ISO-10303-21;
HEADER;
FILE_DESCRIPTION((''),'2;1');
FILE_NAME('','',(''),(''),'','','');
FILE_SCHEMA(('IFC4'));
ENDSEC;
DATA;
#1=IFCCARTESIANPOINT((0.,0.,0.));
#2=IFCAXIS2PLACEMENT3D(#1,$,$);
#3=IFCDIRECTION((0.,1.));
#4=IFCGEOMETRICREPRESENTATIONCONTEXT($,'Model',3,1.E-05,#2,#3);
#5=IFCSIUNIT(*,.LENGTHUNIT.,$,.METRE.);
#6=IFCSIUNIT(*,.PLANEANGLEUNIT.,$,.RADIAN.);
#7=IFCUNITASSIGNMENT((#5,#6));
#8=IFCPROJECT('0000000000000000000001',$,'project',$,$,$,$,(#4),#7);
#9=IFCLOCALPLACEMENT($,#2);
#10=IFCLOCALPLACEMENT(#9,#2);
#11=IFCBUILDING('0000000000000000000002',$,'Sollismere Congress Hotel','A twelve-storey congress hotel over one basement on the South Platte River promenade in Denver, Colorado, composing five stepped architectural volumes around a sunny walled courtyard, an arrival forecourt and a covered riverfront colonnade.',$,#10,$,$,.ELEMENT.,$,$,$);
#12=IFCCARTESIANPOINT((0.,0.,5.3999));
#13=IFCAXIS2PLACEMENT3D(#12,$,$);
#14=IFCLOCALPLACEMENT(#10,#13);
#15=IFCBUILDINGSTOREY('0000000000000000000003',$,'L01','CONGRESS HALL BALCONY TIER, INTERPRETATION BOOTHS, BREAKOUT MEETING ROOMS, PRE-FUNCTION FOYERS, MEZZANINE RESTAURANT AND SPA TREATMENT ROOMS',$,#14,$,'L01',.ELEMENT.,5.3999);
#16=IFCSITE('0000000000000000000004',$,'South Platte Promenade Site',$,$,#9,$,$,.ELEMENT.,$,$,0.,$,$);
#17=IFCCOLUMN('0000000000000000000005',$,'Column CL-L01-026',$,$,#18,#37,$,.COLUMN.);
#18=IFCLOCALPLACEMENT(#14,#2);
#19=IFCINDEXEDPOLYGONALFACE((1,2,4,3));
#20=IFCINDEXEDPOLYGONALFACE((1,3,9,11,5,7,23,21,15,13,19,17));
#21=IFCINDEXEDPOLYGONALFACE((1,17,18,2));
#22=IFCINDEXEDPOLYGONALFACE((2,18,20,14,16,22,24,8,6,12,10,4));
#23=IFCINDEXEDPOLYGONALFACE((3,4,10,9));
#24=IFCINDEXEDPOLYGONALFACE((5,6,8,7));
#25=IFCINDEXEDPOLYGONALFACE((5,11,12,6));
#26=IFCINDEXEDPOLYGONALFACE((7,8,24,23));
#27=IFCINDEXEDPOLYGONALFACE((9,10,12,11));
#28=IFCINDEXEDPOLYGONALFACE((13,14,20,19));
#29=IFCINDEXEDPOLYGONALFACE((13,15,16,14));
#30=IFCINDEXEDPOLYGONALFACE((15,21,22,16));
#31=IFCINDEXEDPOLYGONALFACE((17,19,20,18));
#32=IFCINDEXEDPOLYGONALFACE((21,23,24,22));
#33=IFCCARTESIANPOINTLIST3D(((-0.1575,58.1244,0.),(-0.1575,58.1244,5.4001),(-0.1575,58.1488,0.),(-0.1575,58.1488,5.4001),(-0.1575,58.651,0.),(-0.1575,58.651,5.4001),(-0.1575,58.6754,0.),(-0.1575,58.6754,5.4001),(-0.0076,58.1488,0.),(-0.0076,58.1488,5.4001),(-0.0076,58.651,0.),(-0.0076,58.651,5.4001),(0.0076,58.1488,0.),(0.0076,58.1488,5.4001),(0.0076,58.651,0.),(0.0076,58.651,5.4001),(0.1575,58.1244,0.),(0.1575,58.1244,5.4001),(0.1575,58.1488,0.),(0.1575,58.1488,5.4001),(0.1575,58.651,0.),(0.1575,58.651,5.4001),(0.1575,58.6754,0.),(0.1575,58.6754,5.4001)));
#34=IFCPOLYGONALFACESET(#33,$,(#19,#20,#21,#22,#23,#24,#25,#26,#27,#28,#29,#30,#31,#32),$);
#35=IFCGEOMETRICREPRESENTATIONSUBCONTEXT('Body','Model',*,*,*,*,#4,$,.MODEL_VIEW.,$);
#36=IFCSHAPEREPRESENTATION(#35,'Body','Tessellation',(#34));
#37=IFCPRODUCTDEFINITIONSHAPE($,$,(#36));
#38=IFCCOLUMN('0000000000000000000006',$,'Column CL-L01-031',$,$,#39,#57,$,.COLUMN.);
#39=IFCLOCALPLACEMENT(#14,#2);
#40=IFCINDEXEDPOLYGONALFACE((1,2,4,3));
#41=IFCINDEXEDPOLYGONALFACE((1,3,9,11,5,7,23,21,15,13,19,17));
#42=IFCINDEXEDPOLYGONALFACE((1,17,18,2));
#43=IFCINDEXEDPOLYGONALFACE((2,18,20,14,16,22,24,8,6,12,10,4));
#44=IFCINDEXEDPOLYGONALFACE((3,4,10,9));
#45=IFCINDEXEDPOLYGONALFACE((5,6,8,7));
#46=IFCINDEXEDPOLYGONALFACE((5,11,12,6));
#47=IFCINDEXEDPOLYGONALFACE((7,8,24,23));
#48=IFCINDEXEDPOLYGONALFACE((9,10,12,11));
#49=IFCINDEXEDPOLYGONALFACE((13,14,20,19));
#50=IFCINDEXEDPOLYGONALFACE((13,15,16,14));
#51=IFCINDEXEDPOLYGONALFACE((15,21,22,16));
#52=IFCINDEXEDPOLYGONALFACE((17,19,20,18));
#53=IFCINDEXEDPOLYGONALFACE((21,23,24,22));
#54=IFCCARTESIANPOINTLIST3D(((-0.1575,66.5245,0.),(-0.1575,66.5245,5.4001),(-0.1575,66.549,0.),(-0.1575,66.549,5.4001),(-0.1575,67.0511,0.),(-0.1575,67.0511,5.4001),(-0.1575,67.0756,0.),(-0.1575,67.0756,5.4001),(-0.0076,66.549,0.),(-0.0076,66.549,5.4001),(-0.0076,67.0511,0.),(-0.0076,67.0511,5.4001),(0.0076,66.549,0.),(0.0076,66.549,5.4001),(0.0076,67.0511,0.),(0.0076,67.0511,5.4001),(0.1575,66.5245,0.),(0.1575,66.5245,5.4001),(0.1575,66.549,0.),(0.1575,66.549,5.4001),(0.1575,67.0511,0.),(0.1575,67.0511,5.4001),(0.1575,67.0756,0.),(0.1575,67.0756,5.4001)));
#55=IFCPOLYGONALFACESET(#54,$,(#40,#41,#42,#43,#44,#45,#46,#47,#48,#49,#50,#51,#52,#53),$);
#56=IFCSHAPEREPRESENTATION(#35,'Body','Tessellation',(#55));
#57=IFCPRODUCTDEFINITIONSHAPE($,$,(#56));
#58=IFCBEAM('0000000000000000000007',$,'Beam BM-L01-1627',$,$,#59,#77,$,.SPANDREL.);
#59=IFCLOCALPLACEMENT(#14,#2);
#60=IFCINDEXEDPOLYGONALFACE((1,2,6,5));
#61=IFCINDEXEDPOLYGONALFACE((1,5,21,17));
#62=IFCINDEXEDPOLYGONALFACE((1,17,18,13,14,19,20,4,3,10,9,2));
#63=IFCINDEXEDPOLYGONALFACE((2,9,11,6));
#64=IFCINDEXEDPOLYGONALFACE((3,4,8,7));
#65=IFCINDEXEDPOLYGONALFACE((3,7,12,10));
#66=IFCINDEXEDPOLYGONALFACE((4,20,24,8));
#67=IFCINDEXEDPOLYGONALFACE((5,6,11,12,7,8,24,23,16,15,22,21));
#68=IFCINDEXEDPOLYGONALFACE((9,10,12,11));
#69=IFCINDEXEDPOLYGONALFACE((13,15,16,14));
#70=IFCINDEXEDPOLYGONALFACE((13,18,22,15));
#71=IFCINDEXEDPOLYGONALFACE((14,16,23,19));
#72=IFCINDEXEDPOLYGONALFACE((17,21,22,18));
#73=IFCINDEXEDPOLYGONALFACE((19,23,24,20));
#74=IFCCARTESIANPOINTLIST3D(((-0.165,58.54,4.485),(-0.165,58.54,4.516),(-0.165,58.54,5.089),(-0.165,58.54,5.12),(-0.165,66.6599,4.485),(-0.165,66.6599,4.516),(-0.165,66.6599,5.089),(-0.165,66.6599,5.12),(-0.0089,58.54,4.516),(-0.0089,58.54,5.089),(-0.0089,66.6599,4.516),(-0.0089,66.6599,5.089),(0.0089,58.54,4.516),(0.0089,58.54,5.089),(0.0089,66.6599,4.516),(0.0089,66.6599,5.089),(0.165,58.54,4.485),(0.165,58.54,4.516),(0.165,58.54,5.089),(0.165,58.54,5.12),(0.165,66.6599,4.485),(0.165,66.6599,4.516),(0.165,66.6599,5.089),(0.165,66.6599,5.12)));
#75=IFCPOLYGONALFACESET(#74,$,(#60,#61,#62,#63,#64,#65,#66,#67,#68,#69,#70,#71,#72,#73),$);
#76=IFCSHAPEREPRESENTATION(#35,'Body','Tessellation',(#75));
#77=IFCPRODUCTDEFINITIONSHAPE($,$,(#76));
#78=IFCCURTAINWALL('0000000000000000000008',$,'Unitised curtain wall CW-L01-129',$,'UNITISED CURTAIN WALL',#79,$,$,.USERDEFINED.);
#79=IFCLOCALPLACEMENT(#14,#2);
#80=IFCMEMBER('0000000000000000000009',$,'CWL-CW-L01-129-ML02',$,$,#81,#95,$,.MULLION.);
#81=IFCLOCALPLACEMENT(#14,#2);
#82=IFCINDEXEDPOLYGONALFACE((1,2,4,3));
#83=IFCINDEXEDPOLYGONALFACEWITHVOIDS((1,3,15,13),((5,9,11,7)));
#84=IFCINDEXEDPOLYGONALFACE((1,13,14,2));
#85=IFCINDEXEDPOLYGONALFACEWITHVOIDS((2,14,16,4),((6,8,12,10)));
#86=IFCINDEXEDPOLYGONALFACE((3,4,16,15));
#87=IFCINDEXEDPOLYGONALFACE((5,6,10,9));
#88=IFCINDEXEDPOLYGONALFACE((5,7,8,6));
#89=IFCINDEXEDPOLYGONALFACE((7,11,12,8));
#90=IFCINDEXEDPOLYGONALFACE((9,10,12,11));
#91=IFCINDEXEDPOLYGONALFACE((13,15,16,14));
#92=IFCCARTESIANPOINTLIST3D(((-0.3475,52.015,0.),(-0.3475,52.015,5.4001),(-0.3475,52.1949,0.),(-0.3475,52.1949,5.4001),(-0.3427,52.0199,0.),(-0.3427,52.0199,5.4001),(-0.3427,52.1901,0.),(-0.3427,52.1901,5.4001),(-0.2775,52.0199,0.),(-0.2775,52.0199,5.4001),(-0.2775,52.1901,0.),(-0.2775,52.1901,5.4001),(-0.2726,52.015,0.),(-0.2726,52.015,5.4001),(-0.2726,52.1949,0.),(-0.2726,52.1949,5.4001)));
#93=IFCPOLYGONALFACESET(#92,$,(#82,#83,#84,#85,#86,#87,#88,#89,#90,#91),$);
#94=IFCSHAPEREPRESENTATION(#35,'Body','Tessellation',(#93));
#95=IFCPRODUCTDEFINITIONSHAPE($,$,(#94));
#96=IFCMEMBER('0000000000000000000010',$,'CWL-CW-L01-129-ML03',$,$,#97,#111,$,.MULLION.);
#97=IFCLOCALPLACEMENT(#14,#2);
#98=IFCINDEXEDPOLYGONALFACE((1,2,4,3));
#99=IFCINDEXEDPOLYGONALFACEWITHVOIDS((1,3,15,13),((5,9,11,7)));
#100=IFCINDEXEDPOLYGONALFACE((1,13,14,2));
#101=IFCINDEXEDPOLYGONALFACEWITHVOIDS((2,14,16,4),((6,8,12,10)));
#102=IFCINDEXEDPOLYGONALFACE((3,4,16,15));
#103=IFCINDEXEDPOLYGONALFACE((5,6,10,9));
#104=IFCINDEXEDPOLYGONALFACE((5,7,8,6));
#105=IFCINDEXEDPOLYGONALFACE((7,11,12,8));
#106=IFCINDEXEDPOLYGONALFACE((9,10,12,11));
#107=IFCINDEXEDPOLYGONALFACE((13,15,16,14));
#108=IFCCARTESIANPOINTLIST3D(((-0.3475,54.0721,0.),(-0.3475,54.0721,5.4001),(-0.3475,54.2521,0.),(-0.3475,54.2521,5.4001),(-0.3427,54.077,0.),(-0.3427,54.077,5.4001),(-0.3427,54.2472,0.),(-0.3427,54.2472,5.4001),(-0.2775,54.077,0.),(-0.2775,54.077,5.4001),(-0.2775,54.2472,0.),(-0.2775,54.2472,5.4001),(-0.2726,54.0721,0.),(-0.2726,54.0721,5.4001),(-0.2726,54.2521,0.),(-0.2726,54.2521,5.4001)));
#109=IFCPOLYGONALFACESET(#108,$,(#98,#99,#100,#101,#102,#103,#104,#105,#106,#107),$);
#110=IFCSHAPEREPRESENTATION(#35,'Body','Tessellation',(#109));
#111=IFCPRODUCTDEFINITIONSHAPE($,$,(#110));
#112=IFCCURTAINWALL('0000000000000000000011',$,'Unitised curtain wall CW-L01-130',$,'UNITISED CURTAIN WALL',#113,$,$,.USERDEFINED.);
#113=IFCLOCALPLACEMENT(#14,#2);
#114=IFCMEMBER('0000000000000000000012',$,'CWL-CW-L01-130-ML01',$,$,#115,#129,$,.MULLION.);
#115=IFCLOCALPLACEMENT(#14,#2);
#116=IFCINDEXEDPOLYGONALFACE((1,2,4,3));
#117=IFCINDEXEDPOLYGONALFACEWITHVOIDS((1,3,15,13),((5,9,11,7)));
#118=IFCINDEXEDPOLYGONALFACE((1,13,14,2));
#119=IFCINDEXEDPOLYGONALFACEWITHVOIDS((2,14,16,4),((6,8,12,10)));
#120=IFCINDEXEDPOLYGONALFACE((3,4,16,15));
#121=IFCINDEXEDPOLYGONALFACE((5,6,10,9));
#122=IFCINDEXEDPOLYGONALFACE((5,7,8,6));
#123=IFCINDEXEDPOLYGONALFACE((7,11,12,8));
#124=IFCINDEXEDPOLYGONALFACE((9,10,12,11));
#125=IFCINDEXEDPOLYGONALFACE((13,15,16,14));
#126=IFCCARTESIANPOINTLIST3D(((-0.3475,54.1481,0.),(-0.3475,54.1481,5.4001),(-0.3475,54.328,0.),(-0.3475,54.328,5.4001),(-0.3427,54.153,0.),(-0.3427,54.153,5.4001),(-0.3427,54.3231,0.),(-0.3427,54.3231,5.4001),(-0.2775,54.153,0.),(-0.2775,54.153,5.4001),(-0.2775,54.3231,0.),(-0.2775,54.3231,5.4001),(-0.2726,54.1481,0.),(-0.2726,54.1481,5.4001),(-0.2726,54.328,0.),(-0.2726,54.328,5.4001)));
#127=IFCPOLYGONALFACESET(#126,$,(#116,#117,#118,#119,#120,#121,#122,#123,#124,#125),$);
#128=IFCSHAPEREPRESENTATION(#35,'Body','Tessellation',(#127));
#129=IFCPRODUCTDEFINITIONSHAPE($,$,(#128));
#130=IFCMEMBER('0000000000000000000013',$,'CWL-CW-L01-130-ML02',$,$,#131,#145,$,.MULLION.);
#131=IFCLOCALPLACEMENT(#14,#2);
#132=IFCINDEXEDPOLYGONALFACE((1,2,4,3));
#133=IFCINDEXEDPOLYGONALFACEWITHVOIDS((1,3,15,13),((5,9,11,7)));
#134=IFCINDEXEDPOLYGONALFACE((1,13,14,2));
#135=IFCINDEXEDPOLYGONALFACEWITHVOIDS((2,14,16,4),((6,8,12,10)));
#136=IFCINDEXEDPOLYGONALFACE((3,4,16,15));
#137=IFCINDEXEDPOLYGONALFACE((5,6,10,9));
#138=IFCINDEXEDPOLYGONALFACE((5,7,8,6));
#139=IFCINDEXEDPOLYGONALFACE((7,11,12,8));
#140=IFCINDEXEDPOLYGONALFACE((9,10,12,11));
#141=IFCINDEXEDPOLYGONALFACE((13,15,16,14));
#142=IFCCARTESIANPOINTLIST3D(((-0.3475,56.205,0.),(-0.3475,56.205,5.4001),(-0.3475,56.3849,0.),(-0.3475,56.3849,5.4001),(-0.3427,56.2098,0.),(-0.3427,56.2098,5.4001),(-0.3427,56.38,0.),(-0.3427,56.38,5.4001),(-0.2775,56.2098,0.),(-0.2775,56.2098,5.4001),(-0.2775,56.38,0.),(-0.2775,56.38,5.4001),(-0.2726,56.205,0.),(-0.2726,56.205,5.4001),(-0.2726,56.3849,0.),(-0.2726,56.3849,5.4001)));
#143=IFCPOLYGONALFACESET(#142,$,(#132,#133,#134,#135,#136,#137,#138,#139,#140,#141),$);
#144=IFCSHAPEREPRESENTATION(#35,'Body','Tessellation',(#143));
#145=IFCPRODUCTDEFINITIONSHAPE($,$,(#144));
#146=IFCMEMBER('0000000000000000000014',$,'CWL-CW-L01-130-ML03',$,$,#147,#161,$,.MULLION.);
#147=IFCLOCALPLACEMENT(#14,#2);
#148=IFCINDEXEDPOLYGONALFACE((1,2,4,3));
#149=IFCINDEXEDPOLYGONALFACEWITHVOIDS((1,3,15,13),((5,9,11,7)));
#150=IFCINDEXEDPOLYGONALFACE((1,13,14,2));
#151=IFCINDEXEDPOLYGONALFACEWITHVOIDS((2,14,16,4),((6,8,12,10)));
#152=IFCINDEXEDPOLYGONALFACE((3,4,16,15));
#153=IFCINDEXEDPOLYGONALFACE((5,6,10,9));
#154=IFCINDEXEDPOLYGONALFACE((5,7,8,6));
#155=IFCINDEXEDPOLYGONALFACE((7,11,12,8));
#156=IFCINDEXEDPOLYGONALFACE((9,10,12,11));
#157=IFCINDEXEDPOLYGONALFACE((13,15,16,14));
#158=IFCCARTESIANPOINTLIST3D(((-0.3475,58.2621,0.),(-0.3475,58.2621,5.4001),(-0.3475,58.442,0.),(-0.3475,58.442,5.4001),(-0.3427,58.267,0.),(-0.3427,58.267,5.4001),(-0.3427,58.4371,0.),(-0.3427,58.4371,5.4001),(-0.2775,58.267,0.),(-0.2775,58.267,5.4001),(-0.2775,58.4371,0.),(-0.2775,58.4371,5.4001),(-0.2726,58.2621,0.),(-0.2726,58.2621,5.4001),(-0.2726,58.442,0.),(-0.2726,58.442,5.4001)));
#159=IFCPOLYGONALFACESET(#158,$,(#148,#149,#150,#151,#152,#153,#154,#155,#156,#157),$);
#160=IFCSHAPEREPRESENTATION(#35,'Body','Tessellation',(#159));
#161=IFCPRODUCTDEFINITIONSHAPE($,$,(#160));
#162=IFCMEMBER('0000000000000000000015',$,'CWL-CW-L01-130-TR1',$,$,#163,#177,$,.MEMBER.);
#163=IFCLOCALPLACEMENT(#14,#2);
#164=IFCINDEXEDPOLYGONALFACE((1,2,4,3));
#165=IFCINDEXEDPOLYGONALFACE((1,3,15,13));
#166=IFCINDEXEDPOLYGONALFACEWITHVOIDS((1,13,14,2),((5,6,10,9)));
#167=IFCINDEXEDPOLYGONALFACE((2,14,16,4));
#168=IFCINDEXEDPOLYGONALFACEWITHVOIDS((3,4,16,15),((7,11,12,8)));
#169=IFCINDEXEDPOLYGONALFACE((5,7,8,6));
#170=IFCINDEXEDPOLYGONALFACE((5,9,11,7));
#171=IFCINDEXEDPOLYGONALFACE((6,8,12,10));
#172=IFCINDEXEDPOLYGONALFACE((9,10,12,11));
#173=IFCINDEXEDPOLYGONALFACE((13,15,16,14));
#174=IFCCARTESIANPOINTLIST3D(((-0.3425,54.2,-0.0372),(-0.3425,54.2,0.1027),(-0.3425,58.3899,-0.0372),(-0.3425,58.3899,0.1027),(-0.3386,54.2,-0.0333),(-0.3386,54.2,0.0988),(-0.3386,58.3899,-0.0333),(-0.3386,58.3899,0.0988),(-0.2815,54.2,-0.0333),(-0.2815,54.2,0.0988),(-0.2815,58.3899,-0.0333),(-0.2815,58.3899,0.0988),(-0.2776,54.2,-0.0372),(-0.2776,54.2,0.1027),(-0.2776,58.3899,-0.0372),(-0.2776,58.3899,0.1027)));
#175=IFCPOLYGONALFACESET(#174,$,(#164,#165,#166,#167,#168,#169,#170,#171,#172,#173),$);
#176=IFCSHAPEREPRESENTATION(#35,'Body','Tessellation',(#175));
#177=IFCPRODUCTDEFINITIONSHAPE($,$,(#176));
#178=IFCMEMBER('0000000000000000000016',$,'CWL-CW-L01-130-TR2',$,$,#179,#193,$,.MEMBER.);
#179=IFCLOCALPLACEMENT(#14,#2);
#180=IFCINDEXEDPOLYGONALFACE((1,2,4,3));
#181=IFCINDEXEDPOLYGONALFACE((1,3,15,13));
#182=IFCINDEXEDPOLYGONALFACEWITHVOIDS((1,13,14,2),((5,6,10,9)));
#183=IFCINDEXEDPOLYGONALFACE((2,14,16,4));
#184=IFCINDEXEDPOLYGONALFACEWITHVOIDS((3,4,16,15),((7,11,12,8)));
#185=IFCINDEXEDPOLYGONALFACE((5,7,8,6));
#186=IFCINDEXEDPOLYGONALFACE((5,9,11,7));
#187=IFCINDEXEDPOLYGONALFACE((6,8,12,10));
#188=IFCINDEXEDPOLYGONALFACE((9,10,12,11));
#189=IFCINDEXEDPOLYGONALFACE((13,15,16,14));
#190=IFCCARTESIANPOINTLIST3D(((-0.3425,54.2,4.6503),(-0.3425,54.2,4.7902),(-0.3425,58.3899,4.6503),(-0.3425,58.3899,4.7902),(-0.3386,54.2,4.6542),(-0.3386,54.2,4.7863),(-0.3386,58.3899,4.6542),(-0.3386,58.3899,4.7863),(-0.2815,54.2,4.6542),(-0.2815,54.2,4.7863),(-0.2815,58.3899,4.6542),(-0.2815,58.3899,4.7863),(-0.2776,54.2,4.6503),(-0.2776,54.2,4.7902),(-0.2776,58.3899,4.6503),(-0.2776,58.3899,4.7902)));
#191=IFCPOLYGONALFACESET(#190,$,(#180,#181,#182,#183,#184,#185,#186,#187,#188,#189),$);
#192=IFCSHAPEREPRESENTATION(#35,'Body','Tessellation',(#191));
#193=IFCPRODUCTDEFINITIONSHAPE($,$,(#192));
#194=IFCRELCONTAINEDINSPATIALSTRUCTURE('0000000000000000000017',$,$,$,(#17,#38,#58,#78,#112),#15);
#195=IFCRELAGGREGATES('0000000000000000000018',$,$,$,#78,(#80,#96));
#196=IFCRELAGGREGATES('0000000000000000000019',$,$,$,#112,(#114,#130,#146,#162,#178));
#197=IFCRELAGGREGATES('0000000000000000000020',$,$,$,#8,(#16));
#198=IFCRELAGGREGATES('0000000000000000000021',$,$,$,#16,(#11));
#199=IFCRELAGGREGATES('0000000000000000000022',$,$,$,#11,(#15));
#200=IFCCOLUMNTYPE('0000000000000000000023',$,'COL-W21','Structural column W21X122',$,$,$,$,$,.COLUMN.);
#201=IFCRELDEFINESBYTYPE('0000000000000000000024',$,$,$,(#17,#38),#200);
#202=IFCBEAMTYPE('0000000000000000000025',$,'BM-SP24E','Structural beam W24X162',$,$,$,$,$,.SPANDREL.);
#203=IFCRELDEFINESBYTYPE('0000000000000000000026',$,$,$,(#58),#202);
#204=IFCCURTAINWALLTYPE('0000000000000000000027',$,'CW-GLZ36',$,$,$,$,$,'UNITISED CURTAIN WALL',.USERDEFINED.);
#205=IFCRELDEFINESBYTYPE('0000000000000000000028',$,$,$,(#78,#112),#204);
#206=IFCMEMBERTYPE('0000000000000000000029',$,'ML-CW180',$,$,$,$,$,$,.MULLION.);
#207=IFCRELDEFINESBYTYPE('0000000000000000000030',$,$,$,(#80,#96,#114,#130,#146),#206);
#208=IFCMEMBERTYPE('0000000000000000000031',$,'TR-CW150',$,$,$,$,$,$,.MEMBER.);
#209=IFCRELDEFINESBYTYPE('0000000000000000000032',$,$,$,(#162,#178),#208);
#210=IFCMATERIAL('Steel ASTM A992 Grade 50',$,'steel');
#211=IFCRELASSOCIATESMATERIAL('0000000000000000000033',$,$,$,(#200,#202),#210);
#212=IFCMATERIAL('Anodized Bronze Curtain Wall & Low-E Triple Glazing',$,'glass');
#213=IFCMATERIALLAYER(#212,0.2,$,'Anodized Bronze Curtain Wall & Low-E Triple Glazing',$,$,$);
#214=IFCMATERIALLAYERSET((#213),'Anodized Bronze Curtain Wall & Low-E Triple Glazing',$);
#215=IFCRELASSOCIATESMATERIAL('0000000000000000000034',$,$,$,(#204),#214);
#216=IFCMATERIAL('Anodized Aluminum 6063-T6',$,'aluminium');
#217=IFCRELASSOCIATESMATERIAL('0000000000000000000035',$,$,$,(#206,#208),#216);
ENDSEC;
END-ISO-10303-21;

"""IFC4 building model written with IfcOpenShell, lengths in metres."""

from ifc_helpers import new_model, si_unit, direction, frame, origin, origin_2d, place, context, subcontext, project, spatial, hollow_rectangle, i_section, extrude, material, layer, layer_set, material_profile, profile_set, type_object, element, aggregate, save


model = new_model("IFC4")

# Units and contexts
model_context = context("Model", 3, precision=1e-05, world=origin(), true_north=direction((0.0, 1.0)))
body_context = subcontext(model_context, "Body", "Model", "MODEL_VIEW")
ifc_project = project(units=[si_unit("LENGTHUNIT", "METRE"), si_unit("PLANEANGLEUNIT", "RADIAN")], contexts=[model_context])

# Site, building, storey
site_placement = place(None, origin())
site = spatial("IfcSite", under=ifc_project, at=site_placement, Name="South Platte Promenade Site", CompositionType="ELEMENT", RefElevation=0.0)
building_placement = place(site_placement, origin())
building = spatial("IfcBuilding", under=site, at=building_placement, Name="Sollismere Congress Hotel", Description="A twelve-storey congress hotel over one basement on the South Platte River promenade in Denver, Colorado, composing five stepped architectural volumes around a sunny walled courtyard, an arrival forecourt and a covered riverfront colonnade.", CompositionType="ELEMENT")
storey_placement = place(building_placement, frame((0.0, 0.0, 5.3999)))
storey = spatial("IfcBuildingStorey", under=building, at=storey_placement, Name="L01", Description="CONGRESS HALL BALCONY TIER, INTERPRETATION BOOTHS, BREAKOUT MEETING ROOMS, PRE-FUNCTION FOYERS, MEZZANINE RESTAURANT AND SPA TREATMENT ROOMS", LongName="L01", CompositionType="ELEMENT", Elevation=5.3999)

# Columns
ifc_material_1 = material(Name="Steel ASTM A992 Grade 50", Category="steel")
ifc_material_profile_1 = material_profile(ifc_material_1, i_section(OverallWidth=0.3149, OverallDepth=0.551, WebThickness=0.0151, FlangeThickness=0.0244, at=origin_2d()), Name="W21X122")
ifc_profile_set_1 = profile_set([ifc_material_profile_1], Name="Steel ASTM A992 Grade 50")
column_type = type_object("IfcColumnType", Name="COL-W21", Description="Structural column W21X122", PredefinedType="COLUMN", material=ifc_profile_set_1)
for number, where, z_axis, x_axis, name in (
    (1, (0.0, 58.3999, 0.0), (0.0, 0.0, 1.0), (1.0, 0.0, 0.0), "Column CL-L01-026"),
    (2, (0.0, 66.8, 0.0), (0.0, 0.0, 1.0), (1.0, 0.0, 0.0), "Column CL-L01-031"),
):
    element("IfcColumn", number, at=place(storey_placement, frame(where, z_axis=z_axis, x_axis=x_axis)), inside=storey, type_object=column_type, Name=name, PredefinedType="COLUMN", context=body_context, shape_type="SweptSolid", body=[
        extrude(i_section(OverallWidth=0.3149, OverallDepth=0.551, WebThickness=0.0151, FlangeThickness=0.0244, at=origin_2d()), origin(), (0.0, 0.0, 1.0), 5.4001),
    ])

# Beam
ifc_material_profile_2 = material_profile(ifc_material_1, i_section(OverallWidth=0.3301, OverallDepth=0.635, WebThickness=0.0178, FlangeThickness=0.031, at=origin_2d()), Name="W24X162")
ifc_profile_set_2 = profile_set([ifc_material_profile_2], Name="Steel ASTM A992 Grade 50")
beam_type = type_object("IfcBeamType", Name="BM-SP24E", Description="Structural beam W24X162", PredefinedType="SPANDREL", material=ifc_profile_set_2)
beam_placement = place(storey_placement, frame((0.0, 58.54, 4.8025), z_axis=(0.0, 1.0, 0.0), x_axis=(-1.0, 0.0, 0.0)))
element("IfcBeam", 3, at=beam_placement, inside=storey, type_object=beam_type, Name="Beam BM-L01-1627", PredefinedType="SPANDREL", context=body_context, shape_type="SweptSolid", body=[
    extrude(i_section(OverallWidth=0.3301, OverallDepth=0.635, WebThickness=0.0178, FlangeThickness=0.031, at=origin_2d()), origin(), (0.0, 0.0, 1.0), 8.1199),
])

# Curtain walls, members
ifc_material_2 = material(Name="Anodized Bronze Curtain Wall & Low-E Triple Glazing", Category="glass")
ifc_layer_1 = layer(ifc_material_2, 0.2, Name="Anodized Bronze Curtain Wall & Low-E Triple Glazing")
ifc_layer_set_1 = layer_set([ifc_layer_1], Name="Anodized Bronze Curtain Wall & Low-E Triple Glazing")
curtain_wall_type = type_object("IfcCurtainWallType", Name="CW-GLZ36", ElementType="UNITISED CURTAIN WALL", PredefinedType="USERDEFINED", material=ifc_layer_set_1)
curtain_wall_1_placement = place(storey_placement, origin())
curtain_wall_1 = element("IfcCurtainWall", 4, at=curtain_wall_1_placement, inside=storey, type_object=curtain_wall_type, Name="Unitised curtain wall CW-L01-129", ObjectType="UNITISED CURTAIN WALL", PredefinedType="USERDEFINED")
ifc_material_3 = material(Name="Anodized Aluminum 6063-T6", Category="aluminium")
ifc_material_profile_3 = material_profile(ifc_material_3, hollow_rectangle(XDim=0.075, YDim=0.1799, WallThickness=0.0049, at=origin_2d()), Name="ALU180X75X5")
ifc_profile_set_3 = profile_set([ifc_material_profile_3], Name="Anodized Aluminum 6063-T6")
member_type_1 = type_object("IfcMemberType", Name="ML-CW180", PredefinedType="MULLION", material=ifc_profile_set_3)
member_1_placement = place(storey_placement, frame((-0.3101, 52.105, 0.0), z_axis=(0.0, 0.0, 1.0), x_axis=(-1.0, 0.0, 0.0)))
member_1 = element("IfcMember", 5, at=member_1_placement, type_object=member_type_1, Name="CWL-CW-L01-129-ML02", PredefinedType="MULLION", context=body_context, shape_type="SweptSolid", body=[
    extrude(hollow_rectangle(XDim=0.075, YDim=0.1799, WallThickness=0.0049, at=origin_2d()), origin(), (0.0, 0.0, 1.0), 5.4001),
])
member_2_placement = place(storey_placement, frame((-0.3101, 54.1621, 0.0), z_axis=(0.0, 0.0, 1.0), x_axis=(-1.0, 0.0, 0.0)))
member_2 = element("IfcMember", 6, at=member_2_placement, type_object=member_type_1, Name="CWL-CW-L01-129-ML03", PredefinedType="MULLION", context=body_context, shape_type="SweptSolid", body=[
    extrude(hollow_rectangle(XDim=0.075, YDim=0.1799, WallThickness=0.0049, at=origin_2d()), origin(), (0.0, 0.0, 1.0), 5.4001),
])
curtain_wall_2_placement = place(storey_placement, origin())
curtain_wall_2 = element("IfcCurtainWall", 7, at=curtain_wall_2_placement, inside=storey, type_object=curtain_wall_type, Name="Unitised curtain wall CW-L01-130", ObjectType="UNITISED CURTAIN WALL", PredefinedType="USERDEFINED")
member_3_placement = place(storey_placement, frame((-0.3101, 54.238, 0.0), z_axis=(0.0, 0.0, 1.0), x_axis=(-1.0, 0.0, 0.0)))
member_3 = element("IfcMember", 8, at=member_3_placement, type_object=member_type_1, Name="CWL-CW-L01-130-ML01", PredefinedType="MULLION", context=body_context, shape_type="SweptSolid", body=[
    extrude(hollow_rectangle(XDim=0.075, YDim=0.1799, WallThickness=0.0049, at=origin_2d()), origin(), (0.0, 0.0, 1.0), 5.4001),
])
member_4_placement = place(storey_placement, frame((-0.3101, 56.2949, 0.0), z_axis=(0.0, 0.0, 1.0), x_axis=(-1.0, 0.0, 0.0)))
member_4 = element("IfcMember", 9, at=member_4_placement, type_object=member_type_1, Name="CWL-CW-L01-130-ML02", PredefinedType="MULLION", context=body_context, shape_type="SweptSolid", body=[
    extrude(hollow_rectangle(XDim=0.075, YDim=0.1799, WallThickness=0.0049, at=origin_2d()), origin(), (0.0, 0.0, 1.0), 5.4001),
])
member_5_placement = place(storey_placement, frame((-0.3101, 58.3521, 0.0), z_axis=(0.0, 0.0, 1.0), x_axis=(-1.0, 0.0, 0.0)))
member_5 = element("IfcMember", 10, at=member_5_placement, type_object=member_type_1, Name="CWL-CW-L01-130-ML03", PredefinedType="MULLION", context=body_context, shape_type="SweptSolid", body=[
    extrude(hollow_rectangle(XDim=0.075, YDim=0.1799, WallThickness=0.0049, at=origin_2d()), origin(), (0.0, 0.0, 1.0), 5.4001),
])
ifc_material_profile_4 = material_profile(ifc_material_3, hollow_rectangle(XDim=0.0649, YDim=0.1399, WallThickness=0.0039, at=origin_2d()), Name="ALU140X65X4")
ifc_profile_set_4 = profile_set([ifc_material_profile_4], Name="Anodized Aluminum 6063-T6")
member_type_2 = type_object("IfcMemberType", Name="TR-CW150", PredefinedType="MEMBER", material=ifc_profile_set_4)
member_6_placement = place(storey_placement, frame((-0.3101, 54.2, 0.0327), z_axis=(0.0, 1.0, 0.0), x_axis=(-1.0, 0.0, 0.0)))
member_6 = element("IfcMember", 11, at=member_6_placement, type_object=member_type_2, Name="CWL-CW-L01-130-TR1", PredefinedType="MEMBER", context=body_context, shape_type="SweptSolid", body=[
    extrude(hollow_rectangle(XDim=0.0649, YDim=0.1399, WallThickness=0.0039, at=origin_2d()), origin(), (0.0, 0.0, 1.0), 4.1899),
])
member_7_placement = place(storey_placement, frame((-0.3101, 54.2, 4.7202), z_axis=(0.0, 1.0, 0.0), x_axis=(-1.0, 0.0, 0.0)))
member_7 = element("IfcMember", 12, at=member_7_placement, type_object=member_type_2, Name="CWL-CW-L01-130-TR2", PredefinedType="MEMBER", context=body_context, shape_type="SweptSolid", body=[
    extrude(hollow_rectangle(XDim=0.0649, YDim=0.1399, WallThickness=0.0039, at=origin_2d()), origin(), (0.0, 0.0, 1.0), 4.1899),
])

aggregate(curtain_wall_1, [member_1, member_2])
aggregate(curtain_wall_2, [member_3, member_4, member_5, member_6, member_7])

save(model, "model.ifc")
